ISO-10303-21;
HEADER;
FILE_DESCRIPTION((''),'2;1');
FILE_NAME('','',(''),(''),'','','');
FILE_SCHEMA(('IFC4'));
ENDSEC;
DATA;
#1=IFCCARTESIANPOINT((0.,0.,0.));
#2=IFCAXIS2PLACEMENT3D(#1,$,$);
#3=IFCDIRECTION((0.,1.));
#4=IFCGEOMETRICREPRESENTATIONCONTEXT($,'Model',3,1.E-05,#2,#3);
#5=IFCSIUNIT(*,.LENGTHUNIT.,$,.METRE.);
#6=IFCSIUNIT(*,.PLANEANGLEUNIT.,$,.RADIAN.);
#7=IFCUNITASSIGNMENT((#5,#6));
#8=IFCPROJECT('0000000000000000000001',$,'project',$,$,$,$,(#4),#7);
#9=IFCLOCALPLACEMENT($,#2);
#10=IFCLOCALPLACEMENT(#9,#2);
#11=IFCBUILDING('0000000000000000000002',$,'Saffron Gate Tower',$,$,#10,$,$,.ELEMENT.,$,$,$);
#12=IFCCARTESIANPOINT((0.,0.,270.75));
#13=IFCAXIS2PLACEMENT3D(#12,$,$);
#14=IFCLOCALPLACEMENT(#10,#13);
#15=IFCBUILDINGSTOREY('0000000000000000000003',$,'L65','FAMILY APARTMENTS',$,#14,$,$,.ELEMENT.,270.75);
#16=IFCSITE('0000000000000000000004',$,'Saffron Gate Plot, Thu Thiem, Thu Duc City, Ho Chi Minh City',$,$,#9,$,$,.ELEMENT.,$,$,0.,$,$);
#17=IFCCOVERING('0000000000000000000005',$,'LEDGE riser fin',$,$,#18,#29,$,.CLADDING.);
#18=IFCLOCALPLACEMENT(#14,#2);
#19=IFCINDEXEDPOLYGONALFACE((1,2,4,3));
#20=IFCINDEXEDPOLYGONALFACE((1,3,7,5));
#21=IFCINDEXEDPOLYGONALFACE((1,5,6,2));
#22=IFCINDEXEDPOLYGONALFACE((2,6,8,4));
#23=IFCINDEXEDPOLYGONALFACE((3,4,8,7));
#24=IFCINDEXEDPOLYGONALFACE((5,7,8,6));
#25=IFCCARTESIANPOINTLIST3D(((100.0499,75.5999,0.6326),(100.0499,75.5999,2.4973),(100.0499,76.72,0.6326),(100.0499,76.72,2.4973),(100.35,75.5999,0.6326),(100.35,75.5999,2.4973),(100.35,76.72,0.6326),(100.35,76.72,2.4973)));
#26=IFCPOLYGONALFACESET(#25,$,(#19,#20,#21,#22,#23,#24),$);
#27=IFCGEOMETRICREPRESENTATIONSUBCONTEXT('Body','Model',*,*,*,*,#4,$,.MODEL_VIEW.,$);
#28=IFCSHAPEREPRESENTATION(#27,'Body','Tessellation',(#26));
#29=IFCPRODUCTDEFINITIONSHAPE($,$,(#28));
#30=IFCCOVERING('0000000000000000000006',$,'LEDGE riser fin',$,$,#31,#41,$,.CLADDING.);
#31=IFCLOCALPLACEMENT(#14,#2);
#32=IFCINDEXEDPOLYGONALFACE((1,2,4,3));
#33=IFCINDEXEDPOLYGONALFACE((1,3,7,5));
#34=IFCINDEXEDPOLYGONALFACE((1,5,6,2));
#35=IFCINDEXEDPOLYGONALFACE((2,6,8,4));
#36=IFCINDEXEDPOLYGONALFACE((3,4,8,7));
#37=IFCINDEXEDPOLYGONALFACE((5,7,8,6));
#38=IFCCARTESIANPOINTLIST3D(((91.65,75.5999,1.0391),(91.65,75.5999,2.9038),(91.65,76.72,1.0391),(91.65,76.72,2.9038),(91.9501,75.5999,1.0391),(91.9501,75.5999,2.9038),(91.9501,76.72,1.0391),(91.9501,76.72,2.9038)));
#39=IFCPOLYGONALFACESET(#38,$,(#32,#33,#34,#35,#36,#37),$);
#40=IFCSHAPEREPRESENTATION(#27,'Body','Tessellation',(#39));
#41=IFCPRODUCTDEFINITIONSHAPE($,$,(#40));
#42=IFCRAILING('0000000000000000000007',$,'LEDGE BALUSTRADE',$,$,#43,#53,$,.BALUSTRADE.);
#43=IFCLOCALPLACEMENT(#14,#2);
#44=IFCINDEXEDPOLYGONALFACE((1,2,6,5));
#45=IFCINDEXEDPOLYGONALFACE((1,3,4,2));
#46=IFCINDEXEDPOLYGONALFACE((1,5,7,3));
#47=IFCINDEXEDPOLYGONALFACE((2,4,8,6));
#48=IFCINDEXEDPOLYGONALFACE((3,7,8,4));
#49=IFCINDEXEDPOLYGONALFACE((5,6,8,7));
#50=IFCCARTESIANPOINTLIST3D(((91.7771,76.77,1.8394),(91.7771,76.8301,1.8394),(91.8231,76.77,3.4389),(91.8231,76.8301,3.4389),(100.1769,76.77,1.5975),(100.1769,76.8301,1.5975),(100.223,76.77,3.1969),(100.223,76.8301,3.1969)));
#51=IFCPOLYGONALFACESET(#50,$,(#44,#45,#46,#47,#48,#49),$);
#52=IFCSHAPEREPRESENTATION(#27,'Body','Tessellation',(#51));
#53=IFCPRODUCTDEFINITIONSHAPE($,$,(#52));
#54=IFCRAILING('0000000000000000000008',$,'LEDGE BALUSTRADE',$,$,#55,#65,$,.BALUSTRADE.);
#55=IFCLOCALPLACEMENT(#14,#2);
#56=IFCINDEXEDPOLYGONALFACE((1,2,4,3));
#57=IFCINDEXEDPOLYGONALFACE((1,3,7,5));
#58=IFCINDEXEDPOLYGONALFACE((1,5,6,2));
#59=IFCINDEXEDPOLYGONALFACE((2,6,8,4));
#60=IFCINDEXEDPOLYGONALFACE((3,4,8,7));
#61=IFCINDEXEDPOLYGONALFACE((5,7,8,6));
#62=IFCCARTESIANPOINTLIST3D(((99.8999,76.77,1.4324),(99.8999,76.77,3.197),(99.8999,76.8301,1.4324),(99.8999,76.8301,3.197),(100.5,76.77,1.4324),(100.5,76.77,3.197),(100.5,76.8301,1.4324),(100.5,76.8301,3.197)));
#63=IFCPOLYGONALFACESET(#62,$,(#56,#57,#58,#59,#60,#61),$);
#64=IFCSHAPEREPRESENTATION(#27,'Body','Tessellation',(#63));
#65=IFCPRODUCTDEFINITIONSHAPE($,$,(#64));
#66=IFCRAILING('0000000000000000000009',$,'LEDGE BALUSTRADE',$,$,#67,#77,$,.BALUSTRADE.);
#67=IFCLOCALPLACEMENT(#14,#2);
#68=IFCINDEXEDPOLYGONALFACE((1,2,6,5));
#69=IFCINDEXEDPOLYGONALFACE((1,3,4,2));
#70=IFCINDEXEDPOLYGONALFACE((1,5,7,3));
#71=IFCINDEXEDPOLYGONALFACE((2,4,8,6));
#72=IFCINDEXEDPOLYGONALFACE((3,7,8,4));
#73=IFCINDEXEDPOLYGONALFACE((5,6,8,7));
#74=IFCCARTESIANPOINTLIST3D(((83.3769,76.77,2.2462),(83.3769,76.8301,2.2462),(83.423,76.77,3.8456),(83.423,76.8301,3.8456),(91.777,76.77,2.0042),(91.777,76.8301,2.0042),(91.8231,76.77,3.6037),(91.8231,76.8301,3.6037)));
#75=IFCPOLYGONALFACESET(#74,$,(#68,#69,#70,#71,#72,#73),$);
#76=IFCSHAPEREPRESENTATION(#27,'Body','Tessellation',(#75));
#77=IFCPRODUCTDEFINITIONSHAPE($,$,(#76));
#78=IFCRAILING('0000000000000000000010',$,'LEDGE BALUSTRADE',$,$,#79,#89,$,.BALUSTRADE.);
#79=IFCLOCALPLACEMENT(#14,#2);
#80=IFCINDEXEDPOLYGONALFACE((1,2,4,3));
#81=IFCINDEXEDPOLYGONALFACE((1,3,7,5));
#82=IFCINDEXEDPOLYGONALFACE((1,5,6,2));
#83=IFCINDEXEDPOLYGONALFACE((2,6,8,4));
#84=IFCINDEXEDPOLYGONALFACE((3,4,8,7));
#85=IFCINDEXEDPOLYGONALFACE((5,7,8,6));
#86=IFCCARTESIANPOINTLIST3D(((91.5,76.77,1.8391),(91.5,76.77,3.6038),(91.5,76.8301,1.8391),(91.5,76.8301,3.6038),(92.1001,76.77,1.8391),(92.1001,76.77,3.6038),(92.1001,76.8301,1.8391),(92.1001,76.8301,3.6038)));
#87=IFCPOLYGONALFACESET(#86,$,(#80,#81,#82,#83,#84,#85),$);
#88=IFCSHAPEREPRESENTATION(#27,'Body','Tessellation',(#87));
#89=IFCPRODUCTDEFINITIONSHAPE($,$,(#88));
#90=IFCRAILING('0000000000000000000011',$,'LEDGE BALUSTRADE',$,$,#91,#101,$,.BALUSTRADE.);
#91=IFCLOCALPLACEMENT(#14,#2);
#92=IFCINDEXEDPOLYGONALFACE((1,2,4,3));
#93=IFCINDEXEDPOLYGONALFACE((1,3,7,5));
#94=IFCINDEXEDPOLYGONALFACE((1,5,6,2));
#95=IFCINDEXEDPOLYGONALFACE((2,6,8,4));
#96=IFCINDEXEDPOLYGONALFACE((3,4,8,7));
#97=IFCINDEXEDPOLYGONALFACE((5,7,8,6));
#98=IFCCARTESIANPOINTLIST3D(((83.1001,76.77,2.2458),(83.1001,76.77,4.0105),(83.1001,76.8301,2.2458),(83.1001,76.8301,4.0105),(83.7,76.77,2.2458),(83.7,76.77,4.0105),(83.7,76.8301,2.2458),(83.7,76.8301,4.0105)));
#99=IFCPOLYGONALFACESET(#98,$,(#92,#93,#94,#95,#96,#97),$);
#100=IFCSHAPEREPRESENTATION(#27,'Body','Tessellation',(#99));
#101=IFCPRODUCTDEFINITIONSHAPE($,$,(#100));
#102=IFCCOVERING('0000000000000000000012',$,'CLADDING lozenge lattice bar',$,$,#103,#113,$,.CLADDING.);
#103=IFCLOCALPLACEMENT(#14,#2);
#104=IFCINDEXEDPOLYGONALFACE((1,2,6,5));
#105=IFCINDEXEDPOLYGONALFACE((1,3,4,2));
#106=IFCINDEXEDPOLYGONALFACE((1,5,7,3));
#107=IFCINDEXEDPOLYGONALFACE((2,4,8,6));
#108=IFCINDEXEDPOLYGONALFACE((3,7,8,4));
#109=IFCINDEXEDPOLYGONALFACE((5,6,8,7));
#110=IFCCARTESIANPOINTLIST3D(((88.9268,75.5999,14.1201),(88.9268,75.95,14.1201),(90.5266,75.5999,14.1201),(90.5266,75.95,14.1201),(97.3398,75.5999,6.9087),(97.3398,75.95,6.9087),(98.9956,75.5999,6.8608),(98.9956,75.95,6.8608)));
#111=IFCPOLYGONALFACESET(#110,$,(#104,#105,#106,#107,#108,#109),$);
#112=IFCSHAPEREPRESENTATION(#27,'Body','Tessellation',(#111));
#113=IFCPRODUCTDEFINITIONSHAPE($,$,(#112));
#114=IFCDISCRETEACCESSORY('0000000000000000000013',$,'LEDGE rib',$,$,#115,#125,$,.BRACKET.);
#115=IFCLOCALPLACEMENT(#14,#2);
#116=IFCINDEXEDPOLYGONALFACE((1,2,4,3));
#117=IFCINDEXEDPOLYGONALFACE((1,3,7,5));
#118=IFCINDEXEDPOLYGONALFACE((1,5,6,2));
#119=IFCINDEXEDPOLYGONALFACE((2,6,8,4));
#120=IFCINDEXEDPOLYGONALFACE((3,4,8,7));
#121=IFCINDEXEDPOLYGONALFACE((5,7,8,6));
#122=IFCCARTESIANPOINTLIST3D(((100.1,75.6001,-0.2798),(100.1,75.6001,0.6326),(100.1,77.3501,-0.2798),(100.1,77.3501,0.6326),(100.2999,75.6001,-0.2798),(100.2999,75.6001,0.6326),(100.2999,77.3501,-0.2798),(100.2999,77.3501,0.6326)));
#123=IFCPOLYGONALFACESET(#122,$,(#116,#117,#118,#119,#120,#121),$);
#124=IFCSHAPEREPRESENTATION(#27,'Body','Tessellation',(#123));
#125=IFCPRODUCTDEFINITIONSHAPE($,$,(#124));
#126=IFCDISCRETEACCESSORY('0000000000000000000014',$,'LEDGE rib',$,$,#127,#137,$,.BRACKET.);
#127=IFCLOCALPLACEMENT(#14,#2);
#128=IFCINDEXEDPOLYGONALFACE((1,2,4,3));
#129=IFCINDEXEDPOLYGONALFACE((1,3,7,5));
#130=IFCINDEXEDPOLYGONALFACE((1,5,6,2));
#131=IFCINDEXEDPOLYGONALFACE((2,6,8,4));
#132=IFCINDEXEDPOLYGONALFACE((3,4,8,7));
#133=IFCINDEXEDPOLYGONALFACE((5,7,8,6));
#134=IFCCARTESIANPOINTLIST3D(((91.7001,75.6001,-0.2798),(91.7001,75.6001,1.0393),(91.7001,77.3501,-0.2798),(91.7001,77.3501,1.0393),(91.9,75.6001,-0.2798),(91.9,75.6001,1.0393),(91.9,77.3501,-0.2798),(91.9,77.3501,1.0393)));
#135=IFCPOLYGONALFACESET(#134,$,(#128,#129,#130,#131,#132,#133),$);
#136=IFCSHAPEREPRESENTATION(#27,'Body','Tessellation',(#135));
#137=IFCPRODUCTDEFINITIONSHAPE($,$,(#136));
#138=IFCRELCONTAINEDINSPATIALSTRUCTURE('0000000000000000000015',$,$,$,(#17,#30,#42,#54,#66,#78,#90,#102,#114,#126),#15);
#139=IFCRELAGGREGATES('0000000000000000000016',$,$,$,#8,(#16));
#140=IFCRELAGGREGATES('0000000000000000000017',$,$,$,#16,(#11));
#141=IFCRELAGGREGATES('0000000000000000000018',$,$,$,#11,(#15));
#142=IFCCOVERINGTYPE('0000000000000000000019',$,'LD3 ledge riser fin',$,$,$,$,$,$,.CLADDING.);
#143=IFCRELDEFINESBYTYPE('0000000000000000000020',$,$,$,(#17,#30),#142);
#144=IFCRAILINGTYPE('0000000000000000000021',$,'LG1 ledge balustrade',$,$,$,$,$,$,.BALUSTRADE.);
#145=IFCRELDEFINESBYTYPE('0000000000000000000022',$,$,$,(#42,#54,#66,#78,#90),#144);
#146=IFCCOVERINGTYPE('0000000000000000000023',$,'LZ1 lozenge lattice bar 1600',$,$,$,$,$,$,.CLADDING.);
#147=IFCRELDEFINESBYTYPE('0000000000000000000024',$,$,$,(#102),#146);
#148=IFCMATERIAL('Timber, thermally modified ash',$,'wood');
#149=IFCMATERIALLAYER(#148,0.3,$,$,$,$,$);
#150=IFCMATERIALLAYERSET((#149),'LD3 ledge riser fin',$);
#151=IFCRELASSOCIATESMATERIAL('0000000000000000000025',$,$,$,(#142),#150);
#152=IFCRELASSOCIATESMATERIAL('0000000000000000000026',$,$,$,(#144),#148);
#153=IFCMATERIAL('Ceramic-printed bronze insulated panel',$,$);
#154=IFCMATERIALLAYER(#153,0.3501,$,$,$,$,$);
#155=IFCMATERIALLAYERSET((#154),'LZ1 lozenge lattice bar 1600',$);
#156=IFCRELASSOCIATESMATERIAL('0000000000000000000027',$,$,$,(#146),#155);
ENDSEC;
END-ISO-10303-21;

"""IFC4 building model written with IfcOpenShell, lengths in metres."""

from ifc_helpers import new_model, si_unit, direction, frame, origin, origin_2d, place, context, subcontext, project, spatial, polyline, rectangle, outline, extrude, material, layer, layer_set, type_object, element, save


model = new_model("IFC4")

# Units and contexts
model_context = context("Model", 3, precision=1e-05, world=origin(), true_north=direction((0.0, 1.0)))
body_context = subcontext(model_context, "Body", "Model", "MODEL_VIEW")
ifc_project = project(units=[si_unit("LENGTHUNIT", "METRE"), si_unit("PLANEANGLEUNIT", "RADIAN")], contexts=[model_context])

# Site, building, storey
site_placement = place(None, origin())
site = spatial("IfcSite", under=ifc_project, at=site_placement, Name="Saffron Gate Plot, Thu Thiem, Thu Duc City, Ho Chi Minh City", CompositionType="ELEMENT", RefElevation=0.0)
building_placement = place(site_placement, origin())
building = spatial("IfcBuilding", under=site, at=building_placement, Name="Saffron Gate Tower", CompositionType="ELEMENT")
storey_placement = place(building_placement, frame((0.0, 0.0, 270.75)))
storey = spatial("IfcBuildingStorey", under=building, at=storey_placement, Name="L65", Description="FAMILY APARTMENTS", CompositionType="ELEMENT", Elevation=270.75)

# Coverings
ifc_material_1 = material(Name="Timber, thermally modified ash", Category="wood")
ifc_layer_1 = layer(ifc_material_1, 0.3)
ifc_layer_set_1 = layer_set([ifc_layer_1], Name="LD3 ledge riser fin")
covering_type_1 = type_object("IfcCoveringType", Name="LD3 ledge riser fin", PredefinedType="CLADDING", material=ifc_layer_set_1)
for number, where, z_axis, x_axis, name in (
    (1, (100.2, 76.1599, 0.6326), (0.0, 0.0, 1.0), (-1.0, 0.0, 0.0), "LEDGE riser fin"),
    (2, (91.8, 76.1599, 1.0391), (0.0, 0.0, 1.0), (-1.0, 0.0, 0.0), "LEDGE riser fin"),
):
    element("IfcCovering", number, at=place(storey_placement, frame(where, z_axis=z_axis, x_axis=x_axis)), inside=storey, type_object=covering_type_1, Name=name, PredefinedType="CLADDING", context=body_context, shape_type="SweptSolid", body=[
        extrude(rectangle(XDim=0.3, YDim=1.1201, at=origin_2d()), origin(), (0.0, 0.0, 1.0), 1.8647),
    ])

# Railings
railing_type_1 = type_object("IfcRailingType", Name="LG1 ledge balustrade", PredefinedType="BALUSTRADE", material=ifc_material_1)
railing_1_placement = place(storey_placement, frame((100.2, 76.8, 1.5972)))
element("IfcRailing", 3, at=railing_1_placement, inside=storey, type_object=railing_type_1, Name="LEDGE BALUSTRADE", PredefinedType="BALUSTRADE", context=body_context, shape_type="SweptSolid", body=[
    extrude(rectangle(XDim=0.0601, YDim=1.6001, at=origin_2d()), frame((0.0, 0.0, 0.8), z_axis=(-0.999585, 0.0, 0.028791), x_axis=(0.0, -1.0, 0.0)), (0.0, 0.0, 1.0), 8.4033),
])
railing_2_placement = place(storey_placement, frame((100.5, 76.8, 1.4324)))
element("IfcRailing", 4, at=railing_2_placement, inside=storey, type_object=railing_type_1, Name="LEDGE BALUSTRADE", PredefinedType="BALUSTRADE", context=body_context, shape_type="SweptSolid", body=[
    extrude(rectangle(XDim=0.0601, YDim=1.7646, at=origin_2d()), frame((0.0, 0.0, 0.8823), z_axis=(-1.0, 0.0, 0.0), x_axis=(0.0, -1.0, 0.0)), (0.0, 0.0, 1.0), 0.6001),
])
railing_3_placement = place(storey_placement, frame((91.8, 76.8, 2.0039)))
element("IfcRailing", 5, at=railing_3_placement, inside=storey, type_object=railing_type_1, Name="LEDGE BALUSTRADE", PredefinedType="BALUSTRADE", context=body_context, shape_type="SweptSolid", body=[
    extrude(rectangle(XDim=0.0601, YDim=1.6001, at=origin_2d()), frame((0.0, 0.0, 0.8), z_axis=(-0.999585, 0.0, 0.02879), x_axis=(0.0, -1.0, 0.0)), (0.0, 0.0, 1.0), 8.4036),
])
railing_4_placement = place(storey_placement, frame((92.1001, 76.8, 1.8391)))
element("IfcRailing", 6, at=railing_4_placement, inside=storey, type_object=railing_type_1, Name="LEDGE BALUSTRADE", PredefinedType="BALUSTRADE", context=body_context, shape_type="SweptSolid", body=[
    extrude(rectangle(XDim=0.0601, YDim=1.7646, at=origin_2d()), frame((0.0, 0.0, 0.8823), z_axis=(-1.0, 0.0, 0.0), x_axis=(0.0, -1.0, 0.0)), (0.0, 0.0, 1.0), 0.6001),
])
railing_5_placement = place(storey_placement, frame((83.7, 76.8, 2.2458)))
element("IfcRailing", 7, at=railing_5_placement, inside=storey, type_object=railing_type_1, Name="LEDGE BALUSTRADE", PredefinedType="BALUSTRADE", context=body_context, shape_type="SweptSolid", body=[
    extrude(rectangle(XDim=0.0601, YDim=1.7646, at=origin_2d()), frame((0.0, 0.0, 0.8823), z_axis=(-1.0, 0.0, 0.0), x_axis=(0.0, -1.0, 0.0)), (0.0, 0.0, 1.0), 0.5999),
])

# Covering
ifc_material_2 = material(Name="Ceramic-printed bronze insulated panel")
ifc_layer_2 = layer(ifc_material_2, 0.3501)
ifc_layer_set_2 = layer_set([ifc_layer_2], Name="LZ1 lozenge lattice bar 1600")
covering_type_2 = type_object("IfcCoveringType", Name="LZ1 lozenge lattice bar 1600", PredefinedType="CLADDING", material=ifc_layer_set_2)
covering_1_placement = place(storey_placement, frame((98.9956, 75.95, 6.8608), z_axis=(0.0, 1.0, 0.0), x_axis=(-0.999583, 0.0, 0.028888)))
element("IfcCovering", 8, at=covering_1_placement, inside=storey, type_object=covering_type_2, Name="CLADDING lozenge lattice bar", PredefinedType="CLADDING", context=body_context, shape_type="SweptSolid", body=[
    extrude(outline(polyline([(0.0, 0.0), (1.6565, 0.0), (10.2744, 6.9654), (8.6752, 7.0116), (0.0, 0.0)])), origin(), (0.0, 0.0, -1.0), 0.3501),
])

# Discrete accessories
discrete_accessory_1_placement = place(storey_placement, frame((100.2, 76.4751, -0.2798), z_axis=(0.0, 0.0, 1.0), x_axis=(-1.0, 0.0, 0.0)))
element("IfcDiscreteAccessory", 9, at=discrete_accessory_1_placement, inside=storey, Name="LEDGE rib", PredefinedType="BRACKET", context=body_context, shape_type="SweptSolid", body=[
    extrude(rectangle(XDim=0.2, YDim=1.75, at=origin_2d()), origin(), (0.0, 0.0, 1.0), 0.9124),
])
discrete_accessory_2_placement = place(storey_placement, frame((91.8, 76.4751, -0.2798), z_axis=(0.0, 0.0, 1.0), x_axis=(-1.0, 0.0, 0.0)))
element("IfcDiscreteAccessory", 10, at=discrete_accessory_2_placement, inside=storey, Name="LEDGE rib", PredefinedType="BRACKET", context=body_context, shape_type="SweptSolid", body=[
    extrude(rectangle(XDim=0.2, YDim=1.75, at=origin_2d()), origin(), (0.0, 0.0, 1.0), 1.3191),
])

save(model, "model.ifc")
